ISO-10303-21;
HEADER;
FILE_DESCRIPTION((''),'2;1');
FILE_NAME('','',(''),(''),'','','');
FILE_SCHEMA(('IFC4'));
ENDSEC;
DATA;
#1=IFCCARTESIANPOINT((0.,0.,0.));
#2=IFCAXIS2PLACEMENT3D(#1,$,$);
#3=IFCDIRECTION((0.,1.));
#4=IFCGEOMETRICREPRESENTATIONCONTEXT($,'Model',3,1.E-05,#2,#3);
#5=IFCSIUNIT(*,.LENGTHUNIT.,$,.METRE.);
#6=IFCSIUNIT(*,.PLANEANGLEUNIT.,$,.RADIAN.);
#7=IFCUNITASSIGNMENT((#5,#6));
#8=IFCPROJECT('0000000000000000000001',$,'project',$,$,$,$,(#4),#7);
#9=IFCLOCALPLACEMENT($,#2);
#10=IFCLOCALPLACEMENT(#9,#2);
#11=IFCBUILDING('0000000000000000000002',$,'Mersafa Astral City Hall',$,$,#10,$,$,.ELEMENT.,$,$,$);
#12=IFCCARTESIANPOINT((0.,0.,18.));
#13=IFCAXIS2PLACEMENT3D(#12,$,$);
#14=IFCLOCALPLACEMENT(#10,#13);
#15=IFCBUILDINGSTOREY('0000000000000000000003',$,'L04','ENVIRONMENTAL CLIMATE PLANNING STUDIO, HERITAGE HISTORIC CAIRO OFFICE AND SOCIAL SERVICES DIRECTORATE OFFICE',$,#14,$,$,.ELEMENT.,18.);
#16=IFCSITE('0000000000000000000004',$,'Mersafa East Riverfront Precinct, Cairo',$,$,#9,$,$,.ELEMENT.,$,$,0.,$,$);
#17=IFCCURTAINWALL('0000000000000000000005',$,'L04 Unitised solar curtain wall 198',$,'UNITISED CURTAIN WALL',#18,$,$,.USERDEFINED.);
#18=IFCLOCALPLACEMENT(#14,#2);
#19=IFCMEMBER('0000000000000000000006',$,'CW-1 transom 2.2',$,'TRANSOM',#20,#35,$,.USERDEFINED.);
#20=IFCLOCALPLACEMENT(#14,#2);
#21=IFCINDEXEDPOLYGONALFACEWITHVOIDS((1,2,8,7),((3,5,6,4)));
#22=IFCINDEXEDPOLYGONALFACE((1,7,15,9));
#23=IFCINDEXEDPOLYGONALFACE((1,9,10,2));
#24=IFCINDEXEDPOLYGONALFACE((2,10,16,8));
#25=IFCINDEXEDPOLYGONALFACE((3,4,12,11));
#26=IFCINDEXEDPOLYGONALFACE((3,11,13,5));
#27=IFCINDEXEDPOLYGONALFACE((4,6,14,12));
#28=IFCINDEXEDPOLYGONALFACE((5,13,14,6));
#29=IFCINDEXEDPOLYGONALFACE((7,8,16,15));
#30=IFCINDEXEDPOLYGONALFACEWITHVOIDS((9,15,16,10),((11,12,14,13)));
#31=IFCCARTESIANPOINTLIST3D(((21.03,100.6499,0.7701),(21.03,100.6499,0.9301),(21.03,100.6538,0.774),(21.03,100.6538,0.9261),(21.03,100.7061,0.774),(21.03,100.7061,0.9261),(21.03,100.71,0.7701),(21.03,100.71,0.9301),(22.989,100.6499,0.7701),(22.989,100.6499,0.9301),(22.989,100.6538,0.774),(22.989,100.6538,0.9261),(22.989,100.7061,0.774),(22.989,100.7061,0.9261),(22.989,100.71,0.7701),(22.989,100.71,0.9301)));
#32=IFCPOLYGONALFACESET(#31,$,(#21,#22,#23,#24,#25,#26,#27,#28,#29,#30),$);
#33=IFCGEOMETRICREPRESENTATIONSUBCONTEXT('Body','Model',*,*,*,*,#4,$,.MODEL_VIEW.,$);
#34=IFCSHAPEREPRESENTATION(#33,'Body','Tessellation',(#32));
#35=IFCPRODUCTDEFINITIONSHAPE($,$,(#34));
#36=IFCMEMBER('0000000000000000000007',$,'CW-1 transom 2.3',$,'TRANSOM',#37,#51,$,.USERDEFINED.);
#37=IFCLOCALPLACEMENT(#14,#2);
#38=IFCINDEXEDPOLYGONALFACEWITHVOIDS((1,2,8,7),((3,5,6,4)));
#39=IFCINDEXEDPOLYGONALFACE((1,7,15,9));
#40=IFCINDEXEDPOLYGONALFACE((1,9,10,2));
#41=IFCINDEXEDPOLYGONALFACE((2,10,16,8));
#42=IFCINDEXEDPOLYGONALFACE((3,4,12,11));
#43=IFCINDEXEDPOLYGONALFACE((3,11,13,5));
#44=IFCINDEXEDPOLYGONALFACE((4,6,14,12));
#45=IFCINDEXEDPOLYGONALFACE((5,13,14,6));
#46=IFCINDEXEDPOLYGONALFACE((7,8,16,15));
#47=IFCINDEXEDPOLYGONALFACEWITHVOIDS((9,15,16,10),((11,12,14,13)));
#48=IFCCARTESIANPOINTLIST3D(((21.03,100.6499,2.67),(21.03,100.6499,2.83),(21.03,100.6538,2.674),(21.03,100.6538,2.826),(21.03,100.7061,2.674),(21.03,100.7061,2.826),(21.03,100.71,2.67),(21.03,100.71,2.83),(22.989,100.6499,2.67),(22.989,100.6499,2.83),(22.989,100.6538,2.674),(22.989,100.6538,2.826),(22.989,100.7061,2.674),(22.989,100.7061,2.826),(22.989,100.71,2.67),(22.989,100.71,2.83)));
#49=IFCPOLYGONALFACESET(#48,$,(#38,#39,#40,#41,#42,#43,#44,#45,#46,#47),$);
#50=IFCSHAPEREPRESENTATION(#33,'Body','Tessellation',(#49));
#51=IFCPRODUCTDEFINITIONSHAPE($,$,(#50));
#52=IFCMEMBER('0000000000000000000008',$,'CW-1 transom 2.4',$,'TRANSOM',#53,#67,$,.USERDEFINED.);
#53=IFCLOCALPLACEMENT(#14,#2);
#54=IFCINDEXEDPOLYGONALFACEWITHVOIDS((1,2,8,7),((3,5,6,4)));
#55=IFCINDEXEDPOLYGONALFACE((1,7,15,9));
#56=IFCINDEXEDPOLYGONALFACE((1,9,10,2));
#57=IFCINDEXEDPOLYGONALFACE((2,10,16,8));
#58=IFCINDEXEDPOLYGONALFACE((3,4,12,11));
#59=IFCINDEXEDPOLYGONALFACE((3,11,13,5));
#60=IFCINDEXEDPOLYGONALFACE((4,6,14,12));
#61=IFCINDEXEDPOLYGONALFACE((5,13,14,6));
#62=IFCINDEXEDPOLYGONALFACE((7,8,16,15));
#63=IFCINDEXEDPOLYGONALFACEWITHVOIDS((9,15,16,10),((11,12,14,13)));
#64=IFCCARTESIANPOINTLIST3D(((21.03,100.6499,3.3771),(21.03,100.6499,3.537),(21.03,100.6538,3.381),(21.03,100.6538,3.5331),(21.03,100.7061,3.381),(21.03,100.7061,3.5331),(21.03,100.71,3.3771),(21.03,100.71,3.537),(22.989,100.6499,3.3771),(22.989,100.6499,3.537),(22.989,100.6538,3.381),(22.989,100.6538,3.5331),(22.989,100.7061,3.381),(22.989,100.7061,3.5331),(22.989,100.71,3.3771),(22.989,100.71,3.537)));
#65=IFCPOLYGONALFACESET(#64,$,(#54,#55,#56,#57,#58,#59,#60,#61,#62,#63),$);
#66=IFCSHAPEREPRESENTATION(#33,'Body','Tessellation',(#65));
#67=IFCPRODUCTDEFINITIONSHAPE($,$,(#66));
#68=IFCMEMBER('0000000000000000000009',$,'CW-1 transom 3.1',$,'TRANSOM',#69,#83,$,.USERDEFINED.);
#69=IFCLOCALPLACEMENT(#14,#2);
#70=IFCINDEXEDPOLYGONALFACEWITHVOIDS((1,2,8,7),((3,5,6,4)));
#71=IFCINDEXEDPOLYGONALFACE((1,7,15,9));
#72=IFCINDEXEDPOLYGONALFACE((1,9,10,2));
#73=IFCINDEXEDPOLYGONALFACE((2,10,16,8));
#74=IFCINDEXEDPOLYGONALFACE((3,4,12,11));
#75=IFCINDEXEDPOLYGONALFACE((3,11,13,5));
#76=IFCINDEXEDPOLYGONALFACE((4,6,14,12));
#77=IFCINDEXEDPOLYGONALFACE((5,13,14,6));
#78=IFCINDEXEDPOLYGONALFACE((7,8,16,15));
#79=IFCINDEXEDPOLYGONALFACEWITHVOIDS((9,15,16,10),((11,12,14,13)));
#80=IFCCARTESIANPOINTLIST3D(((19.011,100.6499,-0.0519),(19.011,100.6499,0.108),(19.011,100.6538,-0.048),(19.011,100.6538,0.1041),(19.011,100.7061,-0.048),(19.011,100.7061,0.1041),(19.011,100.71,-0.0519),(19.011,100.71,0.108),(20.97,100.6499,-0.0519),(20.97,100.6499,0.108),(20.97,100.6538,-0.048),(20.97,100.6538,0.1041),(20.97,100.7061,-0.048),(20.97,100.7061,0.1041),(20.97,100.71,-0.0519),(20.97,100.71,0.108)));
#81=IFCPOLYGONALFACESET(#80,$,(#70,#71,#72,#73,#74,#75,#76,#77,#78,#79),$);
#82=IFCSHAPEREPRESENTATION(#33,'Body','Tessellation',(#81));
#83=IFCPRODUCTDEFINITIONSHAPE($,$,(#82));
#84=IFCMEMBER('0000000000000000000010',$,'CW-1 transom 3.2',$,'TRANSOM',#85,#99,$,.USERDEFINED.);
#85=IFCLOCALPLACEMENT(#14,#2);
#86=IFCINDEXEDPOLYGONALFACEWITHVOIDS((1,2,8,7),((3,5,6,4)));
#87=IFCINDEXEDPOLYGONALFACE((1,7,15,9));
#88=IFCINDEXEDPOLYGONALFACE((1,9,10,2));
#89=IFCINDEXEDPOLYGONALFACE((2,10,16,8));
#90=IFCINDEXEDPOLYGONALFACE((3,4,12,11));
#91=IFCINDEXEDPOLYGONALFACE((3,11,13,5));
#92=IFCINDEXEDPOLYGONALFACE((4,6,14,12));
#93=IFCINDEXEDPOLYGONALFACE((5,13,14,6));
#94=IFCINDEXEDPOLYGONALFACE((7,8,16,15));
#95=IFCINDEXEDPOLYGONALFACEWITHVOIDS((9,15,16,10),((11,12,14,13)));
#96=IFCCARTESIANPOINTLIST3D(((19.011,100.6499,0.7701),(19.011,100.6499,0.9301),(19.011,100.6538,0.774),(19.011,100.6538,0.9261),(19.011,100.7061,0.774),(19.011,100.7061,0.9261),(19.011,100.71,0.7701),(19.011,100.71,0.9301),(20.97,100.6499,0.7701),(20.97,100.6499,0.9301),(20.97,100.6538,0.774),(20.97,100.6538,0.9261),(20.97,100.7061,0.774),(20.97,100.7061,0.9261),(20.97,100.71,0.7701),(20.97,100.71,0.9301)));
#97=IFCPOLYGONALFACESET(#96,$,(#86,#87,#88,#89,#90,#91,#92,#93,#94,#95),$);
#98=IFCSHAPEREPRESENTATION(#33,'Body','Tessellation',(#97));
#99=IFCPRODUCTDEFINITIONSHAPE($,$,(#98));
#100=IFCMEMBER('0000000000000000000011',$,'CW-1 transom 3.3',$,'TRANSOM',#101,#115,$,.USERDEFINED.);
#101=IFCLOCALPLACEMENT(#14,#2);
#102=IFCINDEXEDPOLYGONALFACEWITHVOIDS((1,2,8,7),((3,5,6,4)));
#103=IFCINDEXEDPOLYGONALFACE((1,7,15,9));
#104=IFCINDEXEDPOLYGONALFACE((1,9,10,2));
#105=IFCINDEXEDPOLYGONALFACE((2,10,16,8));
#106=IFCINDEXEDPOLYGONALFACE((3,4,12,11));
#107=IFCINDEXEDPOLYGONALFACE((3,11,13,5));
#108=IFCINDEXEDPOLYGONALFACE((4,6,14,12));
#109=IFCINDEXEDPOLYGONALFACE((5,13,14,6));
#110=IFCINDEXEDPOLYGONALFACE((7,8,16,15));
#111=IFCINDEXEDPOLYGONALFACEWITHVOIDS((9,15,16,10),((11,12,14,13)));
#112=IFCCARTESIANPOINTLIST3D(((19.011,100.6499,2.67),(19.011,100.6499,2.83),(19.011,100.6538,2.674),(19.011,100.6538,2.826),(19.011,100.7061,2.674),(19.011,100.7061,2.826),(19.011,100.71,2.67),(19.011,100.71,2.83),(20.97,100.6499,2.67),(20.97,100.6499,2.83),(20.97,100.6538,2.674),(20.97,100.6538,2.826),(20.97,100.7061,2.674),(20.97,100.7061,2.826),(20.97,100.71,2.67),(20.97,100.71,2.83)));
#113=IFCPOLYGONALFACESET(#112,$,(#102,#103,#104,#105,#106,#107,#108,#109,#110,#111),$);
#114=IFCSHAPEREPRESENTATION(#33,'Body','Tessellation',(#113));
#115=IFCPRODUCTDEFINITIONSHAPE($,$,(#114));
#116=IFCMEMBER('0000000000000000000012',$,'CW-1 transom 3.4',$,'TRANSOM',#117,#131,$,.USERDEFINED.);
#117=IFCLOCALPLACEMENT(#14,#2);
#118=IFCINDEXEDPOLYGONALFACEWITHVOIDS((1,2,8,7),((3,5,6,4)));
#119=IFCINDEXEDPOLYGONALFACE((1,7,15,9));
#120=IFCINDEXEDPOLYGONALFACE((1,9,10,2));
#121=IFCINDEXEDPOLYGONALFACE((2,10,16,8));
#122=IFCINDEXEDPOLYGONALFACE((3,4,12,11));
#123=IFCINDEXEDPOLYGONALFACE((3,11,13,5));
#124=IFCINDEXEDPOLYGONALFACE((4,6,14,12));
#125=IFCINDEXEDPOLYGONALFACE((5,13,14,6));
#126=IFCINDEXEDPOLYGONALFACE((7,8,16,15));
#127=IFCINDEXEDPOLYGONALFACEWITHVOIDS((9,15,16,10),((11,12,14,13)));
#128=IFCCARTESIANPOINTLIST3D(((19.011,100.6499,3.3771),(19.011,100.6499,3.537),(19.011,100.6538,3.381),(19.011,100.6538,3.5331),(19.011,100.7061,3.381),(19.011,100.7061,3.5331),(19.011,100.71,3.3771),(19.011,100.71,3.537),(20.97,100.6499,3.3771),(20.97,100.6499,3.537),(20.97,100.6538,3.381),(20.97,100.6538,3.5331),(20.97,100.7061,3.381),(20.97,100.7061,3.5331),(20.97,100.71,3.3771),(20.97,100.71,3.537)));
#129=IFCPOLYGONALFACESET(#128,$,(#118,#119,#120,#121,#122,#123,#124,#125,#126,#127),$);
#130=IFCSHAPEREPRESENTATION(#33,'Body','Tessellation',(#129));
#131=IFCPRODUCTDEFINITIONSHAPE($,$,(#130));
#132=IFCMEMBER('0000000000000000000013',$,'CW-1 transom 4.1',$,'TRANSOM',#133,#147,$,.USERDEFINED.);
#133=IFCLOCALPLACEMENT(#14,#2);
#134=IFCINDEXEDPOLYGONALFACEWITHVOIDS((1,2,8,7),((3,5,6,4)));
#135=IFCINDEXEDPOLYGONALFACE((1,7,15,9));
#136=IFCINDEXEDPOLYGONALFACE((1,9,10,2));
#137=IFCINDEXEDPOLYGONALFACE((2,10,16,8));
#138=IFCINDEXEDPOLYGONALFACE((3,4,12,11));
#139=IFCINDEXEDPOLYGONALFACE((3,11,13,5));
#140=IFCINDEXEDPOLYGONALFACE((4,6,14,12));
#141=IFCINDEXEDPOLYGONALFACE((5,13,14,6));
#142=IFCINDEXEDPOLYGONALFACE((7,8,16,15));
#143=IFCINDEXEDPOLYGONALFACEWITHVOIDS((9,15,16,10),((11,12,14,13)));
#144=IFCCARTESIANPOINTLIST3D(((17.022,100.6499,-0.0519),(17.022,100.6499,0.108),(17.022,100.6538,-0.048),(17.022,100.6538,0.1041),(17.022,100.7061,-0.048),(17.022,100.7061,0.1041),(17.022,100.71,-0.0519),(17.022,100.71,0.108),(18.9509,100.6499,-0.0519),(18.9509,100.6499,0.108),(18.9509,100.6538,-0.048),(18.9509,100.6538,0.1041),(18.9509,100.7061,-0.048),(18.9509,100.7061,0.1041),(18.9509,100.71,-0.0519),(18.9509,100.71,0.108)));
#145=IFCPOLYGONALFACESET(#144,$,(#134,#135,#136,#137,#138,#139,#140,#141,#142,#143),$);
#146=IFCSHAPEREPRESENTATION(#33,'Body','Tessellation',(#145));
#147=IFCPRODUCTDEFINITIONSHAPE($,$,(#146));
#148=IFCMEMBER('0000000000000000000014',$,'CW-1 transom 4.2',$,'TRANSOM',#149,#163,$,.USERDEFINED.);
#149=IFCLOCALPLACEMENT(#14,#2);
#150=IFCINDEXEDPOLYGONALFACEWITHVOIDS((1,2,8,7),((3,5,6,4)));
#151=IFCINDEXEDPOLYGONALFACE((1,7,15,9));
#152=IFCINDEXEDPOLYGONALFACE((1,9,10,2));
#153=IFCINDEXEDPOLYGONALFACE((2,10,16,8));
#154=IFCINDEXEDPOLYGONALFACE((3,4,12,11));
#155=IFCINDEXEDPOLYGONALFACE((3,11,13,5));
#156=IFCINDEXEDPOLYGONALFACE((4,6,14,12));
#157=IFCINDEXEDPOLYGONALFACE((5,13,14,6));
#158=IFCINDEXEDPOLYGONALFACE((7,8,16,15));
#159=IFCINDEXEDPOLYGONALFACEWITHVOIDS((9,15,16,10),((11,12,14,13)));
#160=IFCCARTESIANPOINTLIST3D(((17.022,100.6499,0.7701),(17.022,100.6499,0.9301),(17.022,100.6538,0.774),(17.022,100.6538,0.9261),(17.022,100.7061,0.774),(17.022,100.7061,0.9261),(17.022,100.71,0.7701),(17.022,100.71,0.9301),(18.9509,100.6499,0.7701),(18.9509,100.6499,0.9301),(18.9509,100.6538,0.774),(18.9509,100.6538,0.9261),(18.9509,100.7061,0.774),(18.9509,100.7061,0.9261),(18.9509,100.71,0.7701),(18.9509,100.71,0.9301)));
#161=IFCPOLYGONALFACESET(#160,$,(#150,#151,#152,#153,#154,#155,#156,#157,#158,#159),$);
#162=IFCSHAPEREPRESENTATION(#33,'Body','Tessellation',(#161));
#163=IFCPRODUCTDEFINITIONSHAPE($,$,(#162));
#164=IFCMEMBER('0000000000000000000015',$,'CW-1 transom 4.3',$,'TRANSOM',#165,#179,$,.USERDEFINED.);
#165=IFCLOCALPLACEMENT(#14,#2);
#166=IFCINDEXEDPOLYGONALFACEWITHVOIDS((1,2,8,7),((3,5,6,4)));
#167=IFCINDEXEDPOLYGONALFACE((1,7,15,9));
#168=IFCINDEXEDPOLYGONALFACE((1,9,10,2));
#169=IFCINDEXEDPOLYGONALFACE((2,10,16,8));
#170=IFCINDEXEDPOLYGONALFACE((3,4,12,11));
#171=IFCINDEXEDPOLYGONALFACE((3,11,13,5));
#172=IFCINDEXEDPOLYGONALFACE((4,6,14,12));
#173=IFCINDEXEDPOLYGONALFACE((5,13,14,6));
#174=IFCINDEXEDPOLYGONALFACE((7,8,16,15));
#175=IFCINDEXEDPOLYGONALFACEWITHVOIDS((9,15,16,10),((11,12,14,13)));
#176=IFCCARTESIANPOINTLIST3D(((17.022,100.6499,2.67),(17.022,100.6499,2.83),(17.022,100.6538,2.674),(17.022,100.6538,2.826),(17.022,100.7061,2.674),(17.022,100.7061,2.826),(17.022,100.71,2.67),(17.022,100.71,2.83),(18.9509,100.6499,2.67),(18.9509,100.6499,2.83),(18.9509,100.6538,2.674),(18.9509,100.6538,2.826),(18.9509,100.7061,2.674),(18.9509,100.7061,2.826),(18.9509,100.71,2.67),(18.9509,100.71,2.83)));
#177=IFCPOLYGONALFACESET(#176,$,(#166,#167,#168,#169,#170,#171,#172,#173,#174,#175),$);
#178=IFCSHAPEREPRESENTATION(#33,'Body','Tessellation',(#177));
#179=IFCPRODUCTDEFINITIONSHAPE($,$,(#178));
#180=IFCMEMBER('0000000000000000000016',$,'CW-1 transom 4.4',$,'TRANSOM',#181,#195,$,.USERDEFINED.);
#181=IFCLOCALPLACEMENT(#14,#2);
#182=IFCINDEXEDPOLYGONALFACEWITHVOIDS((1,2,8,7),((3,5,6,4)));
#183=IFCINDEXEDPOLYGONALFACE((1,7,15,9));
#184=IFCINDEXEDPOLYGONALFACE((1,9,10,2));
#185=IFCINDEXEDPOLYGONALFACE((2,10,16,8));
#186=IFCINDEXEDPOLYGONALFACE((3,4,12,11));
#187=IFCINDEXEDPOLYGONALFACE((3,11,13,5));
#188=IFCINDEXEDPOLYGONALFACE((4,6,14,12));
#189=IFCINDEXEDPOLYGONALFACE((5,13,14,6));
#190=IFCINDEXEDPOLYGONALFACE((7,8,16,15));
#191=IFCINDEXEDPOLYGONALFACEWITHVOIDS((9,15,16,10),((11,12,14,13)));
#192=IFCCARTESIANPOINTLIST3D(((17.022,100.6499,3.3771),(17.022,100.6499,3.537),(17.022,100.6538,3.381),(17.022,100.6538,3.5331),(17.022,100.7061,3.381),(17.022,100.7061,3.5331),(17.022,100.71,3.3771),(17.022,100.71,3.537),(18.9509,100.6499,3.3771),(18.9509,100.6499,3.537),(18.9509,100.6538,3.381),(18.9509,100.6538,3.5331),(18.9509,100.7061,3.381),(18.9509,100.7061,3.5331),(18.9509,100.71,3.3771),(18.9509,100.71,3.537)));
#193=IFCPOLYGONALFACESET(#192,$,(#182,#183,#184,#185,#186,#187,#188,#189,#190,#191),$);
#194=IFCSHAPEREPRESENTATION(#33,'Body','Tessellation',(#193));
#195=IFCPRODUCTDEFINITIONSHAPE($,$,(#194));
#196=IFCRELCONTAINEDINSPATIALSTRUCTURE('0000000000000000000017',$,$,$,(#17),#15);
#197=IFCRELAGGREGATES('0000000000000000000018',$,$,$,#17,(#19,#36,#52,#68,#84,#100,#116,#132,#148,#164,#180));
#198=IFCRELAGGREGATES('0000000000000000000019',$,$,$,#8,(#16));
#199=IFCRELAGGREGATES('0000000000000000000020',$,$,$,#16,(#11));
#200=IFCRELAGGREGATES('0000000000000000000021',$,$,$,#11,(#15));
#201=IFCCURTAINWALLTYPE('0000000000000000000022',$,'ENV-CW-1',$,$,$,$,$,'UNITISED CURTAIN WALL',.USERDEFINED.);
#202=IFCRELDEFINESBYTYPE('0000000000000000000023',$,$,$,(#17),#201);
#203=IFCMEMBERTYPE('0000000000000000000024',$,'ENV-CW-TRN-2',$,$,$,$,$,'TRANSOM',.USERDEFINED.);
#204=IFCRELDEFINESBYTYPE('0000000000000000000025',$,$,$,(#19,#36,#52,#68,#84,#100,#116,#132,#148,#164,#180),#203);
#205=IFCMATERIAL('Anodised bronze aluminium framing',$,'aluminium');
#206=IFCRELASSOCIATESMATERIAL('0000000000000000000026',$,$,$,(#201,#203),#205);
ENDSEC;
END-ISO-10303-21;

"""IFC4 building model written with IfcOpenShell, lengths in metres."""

from ifc_helpers import new_model, si_unit, direction, frame, origin, origin_2d, place, context, subcontext, project, spatial, hollow_rectangle, extrude, material, material_profile, profile_set, type_object, element, aggregate, save


model = new_model("IFC4")

# Units and contexts
model_context = context("Model", 3, precision=1e-05, world=origin(), true_north=direction((0.0, 1.0)))
body_context = subcontext(model_context, "Body", "Model", "MODEL_VIEW")
ifc_project = project(units=[si_unit("LENGTHUNIT", "METRE"), si_unit("PLANEANGLEUNIT", "RADIAN")], contexts=[model_context])

# Site, building, storey
site_placement = place(None, origin())
site = spatial("IfcSite", under=ifc_project, at=site_placement, Name="Mersafa East Riverfront Precinct, Cairo", CompositionType="ELEMENT", RefElevation=0.0)
building_placement = place(site_placement, origin())
building = spatial("IfcBuilding", under=site, at=building_placement, Name="Mersafa Astral City Hall", CompositionType="ELEMENT")
storey_placement = place(building_placement, frame((0.0, 0.0, 18.0)))
storey = spatial("IfcBuildingStorey", under=building, at=storey_placement, Name="L04", Description="ENVIRONMENTAL CLIMATE PLANNING STUDIO, HERITAGE HISTORIC CAIRO OFFICE AND SOCIAL SERVICES DIRECTORATE OFFICE", CompositionType="ELEMENT", Elevation=18.0)

# Curtain wall, members
ifc_material_1 = material(Name="Anodised bronze aluminium framing", Category="aluminium")
curtain_wall_type = type_object("IfcCurtainWallType", Name="ENV-CW-1", ElementType="UNITISED CURTAIN WALL", PredefinedType="USERDEFINED", material=ifc_material_1)
curtain_wall_placement = place(storey_placement, origin())
curtain_wall = element("IfcCurtainWall", 1, at=curtain_wall_placement, inside=storey, type_object=curtain_wall_type, Name="L04 Unitised solar curtain wall 198", ObjectType="UNITISED CURTAIN WALL", PredefinedType="USERDEFINED")
ifc_material_profile_1 = material_profile(ifc_material_1, hollow_rectangle(XDim=0.0601, YDim=0.1599, WallThickness=0.0039, at=origin_2d()), Name="RHS 60x160x4")
ifc_profile_set_1 = profile_set([ifc_material_profile_1], Name="Anodised bronze aluminium framing")
member_type_1 = type_object("IfcMemberType", Name="ENV-CW-TRN-2", ElementType="TRANSOM", PredefinedType="USERDEFINED", material=ifc_profile_set_1)
member_1_placement = place(storey_placement, frame((22.989, 100.6799, 0.8501), z_axis=(-1.0, 0.0, 0.0), x_axis=(0.0, -1.0, 0.0)))
member_1 = element("IfcMember", 2, at=member_1_placement, type_object=member_type_1, Name="CW-1 transom 2.2", ObjectType="TRANSOM", PredefinedType="USERDEFINED", context=body_context, shape_type="SweptSolid", body=[
    extrude(hollow_rectangle(XDim=0.0601, YDim=0.1599, WallThickness=0.0039, at=origin_2d()), origin(), (0.0, 0.0, 1.0), 1.959),
])
member_2_placement = place(storey_placement, frame((22.989, 100.6799, 2.75), z_axis=(-1.0, 0.0, 0.0), x_axis=(0.0, -1.0, 0.0)))
member_2 = element("IfcMember", 3, at=member_2_placement, type_object=member_type_1, Name="CW-1 transom 2.3", ObjectType="TRANSOM", PredefinedType="USERDEFINED", context=body_context, shape_type="SweptSolid", body=[
    extrude(hollow_rectangle(XDim=0.0601, YDim=0.1599, WallThickness=0.0039, at=origin_2d()), origin(), (0.0, 0.0, 1.0), 1.959),
])
member_3_placement = place(storey_placement, frame((22.989, 100.6799, 3.457), z_axis=(-1.0, 0.0, 0.0), x_axis=(0.0, -1.0, 0.0)))
member_3 = element("IfcMember", 4, at=member_3_placement, type_object=member_type_1, Name="CW-1 transom 2.4", ObjectType="TRANSOM", PredefinedType="USERDEFINED", context=body_context, shape_type="SweptSolid", body=[
    extrude(hollow_rectangle(XDim=0.0601, YDim=0.1599, WallThickness=0.0039, at=origin_2d()), origin(), (0.0, 0.0, 1.0), 1.959),
])
member_4_placement = place(storey_placement, frame((20.97, 100.6799, 0.0281), z_axis=(-1.0, 0.0, 0.0), x_axis=(0.0, -1.0, 0.0)))
member_4 = element("IfcMember", 5, at=member_4_placement, type_object=member_type_1, Name="CW-1 transom 3.1", ObjectType="TRANSOM", PredefinedType="USERDEFINED", context=body_context, shape_type="SweptSolid", body=[
    extrude(hollow_rectangle(XDim=0.0601, YDim=0.1599, WallThickness=0.0039, at=origin_2d()), origin(), (0.0, 0.0, 1.0), 1.959),
])
member_5_placement = place(storey_placement, frame((20.97, 100.6799, 0.8501), z_axis=(-1.0, 0.0, 0.0), x_axis=(0.0, -1.0, 0.0)))
member_5 = element("IfcMember", 6, at=member_5_placement, type_object=member_type_1, Name="CW-1 transom 3.2", ObjectType="TRANSOM", PredefinedType="USERDEFINED", context=body_context, shape_type="SweptSolid", body=[
    extrude(hollow_rectangle(XDim=0.0601, YDim=0.1599, WallThickness=0.0039, at=origin_2d()), origin(), (0.0, 0.0, 1.0), 1.959),
])
member_6_placement = place(storey_placement, frame((20.97, 100.6799, 2.75), z_axis=(-1.0, 0.0, 0.0), x_axis=(0.0, -1.0, 0.0)))
member_6 = element("IfcMember", 7, at=member_6_placement, type_object=member_type_1, Name="CW-1 transom 3.3", ObjectType="TRANSOM", PredefinedType="USERDEFINED", context=body_context, shape_type="SweptSolid", body=[
    extrude(hollow_rectangle(XDim=0.0601, YDim=0.1599, WallThickness=0.0039, at=origin_2d()), origin(), (0.0, 0.0, 1.0), 1.959),
])
member_7_placement = place(storey_placement, frame((20.97, 100.6799, 3.457), z_axis=(-1.0, 0.0, 0.0), x_axis=(0.0, -1.0, 0.0)))
member_7 = element("IfcMember", 8, at=member_7_placement, type_object=member_type_1, Name="CW-1 transom 3.4", ObjectType="TRANSOM", PredefinedType="USERDEFINED", context=body_context, shape_type="SweptSolid", body=[
    extrude(hollow_rectangle(XDim=0.0601, YDim=0.1599, WallThickness=0.0039, at=origin_2d()), origin(), (0.0, 0.0, 1.0), 1.959),
])
member_8_placement = place(storey_placement, frame((18.9509, 100.6799, 0.0281), z_axis=(-1.0, 0.0, 0.0), x_axis=(0.0, -1.0, 0.0)))
member_8 = element("IfcMember", 9, at=member_8_placement, type_object=member_type_1, Name="CW-1 transom 4.1", ObjectType="TRANSOM", PredefinedType="USERDEFINED", context=body_context, shape_type="SweptSolid", body=[
    extrude(hollow_rectangle(XDim=0.0601, YDim=0.1599, WallThickness=0.0039, at=origin_2d()), origin(), (0.0, 0.0, 1.0), 1.929),
])
member_9_placement = place(storey_placement, frame((18.9509, 100.6799, 0.8501), z_axis=(-1.0, 0.0, 0.0), x_axis=(0.0, -1.0, 0.0)))
member_9 = element("IfcMember", 10, at=member_9_placement, type_object=member_type_1, Name="CW-1 transom 4.2", ObjectType="TRANSOM", PredefinedType="USERDEFINED", context=body_context, shape_type="SweptSolid", body=[
    extrude(hollow_rectangle(XDim=0.0601, YDim=0.1599, WallThickness=0.0039, at=origin_2d()), origin(), (0.0, 0.0, 1.0), 1.929),
])
member_10_placement = place(storey_placement, frame((18.9509, 100.6799, 2.75), z_axis=(-1.0, 0.0, 0.0), x_axis=(0.0, -1.0, 0.0)))
member_10 = element("IfcMember", 11, at=member_10_placement, type_object=member_type_1, Name="CW-1 transom 4.3", ObjectType="TRANSOM", PredefinedType="USERDEFINED", context=body_context, shape_type="SweptSolid", body=[
    extrude(hollow_rectangle(XDim=0.0601, YDim=0.1599, WallThickness=0.0039, at=origin_2d()), origin(), (0.0, 0.0, 1.0), 1.929),
])
member_11_placement = place(storey_placement, frame((18.9509, 100.6799, 3.457), z_axis=(-1.0, 0.0, 0.0), x_axis=(0.0, -1.0, 0.0)))
member_11 = element("IfcMember", 12, at=member_11_placement, type_object=member_type_1, Name="CW-1 transom 4.4", ObjectType="TRANSOM", PredefinedType="USERDEFINED", context=body_context, shape_type="SweptSolid", body=[
    extrude(hollow_rectangle(XDim=0.0601, YDim=0.1599, WallThickness=0.0039, at=origin_2d()), origin(), (0.0, 0.0, 1.0), 1.929),
])

aggregate(curtain_wall, [member_1, member_2, member_3, member_4, member_5, member_6, member_7, member_8, member_9, member_10, member_11])

save(model, "model.ifc")
